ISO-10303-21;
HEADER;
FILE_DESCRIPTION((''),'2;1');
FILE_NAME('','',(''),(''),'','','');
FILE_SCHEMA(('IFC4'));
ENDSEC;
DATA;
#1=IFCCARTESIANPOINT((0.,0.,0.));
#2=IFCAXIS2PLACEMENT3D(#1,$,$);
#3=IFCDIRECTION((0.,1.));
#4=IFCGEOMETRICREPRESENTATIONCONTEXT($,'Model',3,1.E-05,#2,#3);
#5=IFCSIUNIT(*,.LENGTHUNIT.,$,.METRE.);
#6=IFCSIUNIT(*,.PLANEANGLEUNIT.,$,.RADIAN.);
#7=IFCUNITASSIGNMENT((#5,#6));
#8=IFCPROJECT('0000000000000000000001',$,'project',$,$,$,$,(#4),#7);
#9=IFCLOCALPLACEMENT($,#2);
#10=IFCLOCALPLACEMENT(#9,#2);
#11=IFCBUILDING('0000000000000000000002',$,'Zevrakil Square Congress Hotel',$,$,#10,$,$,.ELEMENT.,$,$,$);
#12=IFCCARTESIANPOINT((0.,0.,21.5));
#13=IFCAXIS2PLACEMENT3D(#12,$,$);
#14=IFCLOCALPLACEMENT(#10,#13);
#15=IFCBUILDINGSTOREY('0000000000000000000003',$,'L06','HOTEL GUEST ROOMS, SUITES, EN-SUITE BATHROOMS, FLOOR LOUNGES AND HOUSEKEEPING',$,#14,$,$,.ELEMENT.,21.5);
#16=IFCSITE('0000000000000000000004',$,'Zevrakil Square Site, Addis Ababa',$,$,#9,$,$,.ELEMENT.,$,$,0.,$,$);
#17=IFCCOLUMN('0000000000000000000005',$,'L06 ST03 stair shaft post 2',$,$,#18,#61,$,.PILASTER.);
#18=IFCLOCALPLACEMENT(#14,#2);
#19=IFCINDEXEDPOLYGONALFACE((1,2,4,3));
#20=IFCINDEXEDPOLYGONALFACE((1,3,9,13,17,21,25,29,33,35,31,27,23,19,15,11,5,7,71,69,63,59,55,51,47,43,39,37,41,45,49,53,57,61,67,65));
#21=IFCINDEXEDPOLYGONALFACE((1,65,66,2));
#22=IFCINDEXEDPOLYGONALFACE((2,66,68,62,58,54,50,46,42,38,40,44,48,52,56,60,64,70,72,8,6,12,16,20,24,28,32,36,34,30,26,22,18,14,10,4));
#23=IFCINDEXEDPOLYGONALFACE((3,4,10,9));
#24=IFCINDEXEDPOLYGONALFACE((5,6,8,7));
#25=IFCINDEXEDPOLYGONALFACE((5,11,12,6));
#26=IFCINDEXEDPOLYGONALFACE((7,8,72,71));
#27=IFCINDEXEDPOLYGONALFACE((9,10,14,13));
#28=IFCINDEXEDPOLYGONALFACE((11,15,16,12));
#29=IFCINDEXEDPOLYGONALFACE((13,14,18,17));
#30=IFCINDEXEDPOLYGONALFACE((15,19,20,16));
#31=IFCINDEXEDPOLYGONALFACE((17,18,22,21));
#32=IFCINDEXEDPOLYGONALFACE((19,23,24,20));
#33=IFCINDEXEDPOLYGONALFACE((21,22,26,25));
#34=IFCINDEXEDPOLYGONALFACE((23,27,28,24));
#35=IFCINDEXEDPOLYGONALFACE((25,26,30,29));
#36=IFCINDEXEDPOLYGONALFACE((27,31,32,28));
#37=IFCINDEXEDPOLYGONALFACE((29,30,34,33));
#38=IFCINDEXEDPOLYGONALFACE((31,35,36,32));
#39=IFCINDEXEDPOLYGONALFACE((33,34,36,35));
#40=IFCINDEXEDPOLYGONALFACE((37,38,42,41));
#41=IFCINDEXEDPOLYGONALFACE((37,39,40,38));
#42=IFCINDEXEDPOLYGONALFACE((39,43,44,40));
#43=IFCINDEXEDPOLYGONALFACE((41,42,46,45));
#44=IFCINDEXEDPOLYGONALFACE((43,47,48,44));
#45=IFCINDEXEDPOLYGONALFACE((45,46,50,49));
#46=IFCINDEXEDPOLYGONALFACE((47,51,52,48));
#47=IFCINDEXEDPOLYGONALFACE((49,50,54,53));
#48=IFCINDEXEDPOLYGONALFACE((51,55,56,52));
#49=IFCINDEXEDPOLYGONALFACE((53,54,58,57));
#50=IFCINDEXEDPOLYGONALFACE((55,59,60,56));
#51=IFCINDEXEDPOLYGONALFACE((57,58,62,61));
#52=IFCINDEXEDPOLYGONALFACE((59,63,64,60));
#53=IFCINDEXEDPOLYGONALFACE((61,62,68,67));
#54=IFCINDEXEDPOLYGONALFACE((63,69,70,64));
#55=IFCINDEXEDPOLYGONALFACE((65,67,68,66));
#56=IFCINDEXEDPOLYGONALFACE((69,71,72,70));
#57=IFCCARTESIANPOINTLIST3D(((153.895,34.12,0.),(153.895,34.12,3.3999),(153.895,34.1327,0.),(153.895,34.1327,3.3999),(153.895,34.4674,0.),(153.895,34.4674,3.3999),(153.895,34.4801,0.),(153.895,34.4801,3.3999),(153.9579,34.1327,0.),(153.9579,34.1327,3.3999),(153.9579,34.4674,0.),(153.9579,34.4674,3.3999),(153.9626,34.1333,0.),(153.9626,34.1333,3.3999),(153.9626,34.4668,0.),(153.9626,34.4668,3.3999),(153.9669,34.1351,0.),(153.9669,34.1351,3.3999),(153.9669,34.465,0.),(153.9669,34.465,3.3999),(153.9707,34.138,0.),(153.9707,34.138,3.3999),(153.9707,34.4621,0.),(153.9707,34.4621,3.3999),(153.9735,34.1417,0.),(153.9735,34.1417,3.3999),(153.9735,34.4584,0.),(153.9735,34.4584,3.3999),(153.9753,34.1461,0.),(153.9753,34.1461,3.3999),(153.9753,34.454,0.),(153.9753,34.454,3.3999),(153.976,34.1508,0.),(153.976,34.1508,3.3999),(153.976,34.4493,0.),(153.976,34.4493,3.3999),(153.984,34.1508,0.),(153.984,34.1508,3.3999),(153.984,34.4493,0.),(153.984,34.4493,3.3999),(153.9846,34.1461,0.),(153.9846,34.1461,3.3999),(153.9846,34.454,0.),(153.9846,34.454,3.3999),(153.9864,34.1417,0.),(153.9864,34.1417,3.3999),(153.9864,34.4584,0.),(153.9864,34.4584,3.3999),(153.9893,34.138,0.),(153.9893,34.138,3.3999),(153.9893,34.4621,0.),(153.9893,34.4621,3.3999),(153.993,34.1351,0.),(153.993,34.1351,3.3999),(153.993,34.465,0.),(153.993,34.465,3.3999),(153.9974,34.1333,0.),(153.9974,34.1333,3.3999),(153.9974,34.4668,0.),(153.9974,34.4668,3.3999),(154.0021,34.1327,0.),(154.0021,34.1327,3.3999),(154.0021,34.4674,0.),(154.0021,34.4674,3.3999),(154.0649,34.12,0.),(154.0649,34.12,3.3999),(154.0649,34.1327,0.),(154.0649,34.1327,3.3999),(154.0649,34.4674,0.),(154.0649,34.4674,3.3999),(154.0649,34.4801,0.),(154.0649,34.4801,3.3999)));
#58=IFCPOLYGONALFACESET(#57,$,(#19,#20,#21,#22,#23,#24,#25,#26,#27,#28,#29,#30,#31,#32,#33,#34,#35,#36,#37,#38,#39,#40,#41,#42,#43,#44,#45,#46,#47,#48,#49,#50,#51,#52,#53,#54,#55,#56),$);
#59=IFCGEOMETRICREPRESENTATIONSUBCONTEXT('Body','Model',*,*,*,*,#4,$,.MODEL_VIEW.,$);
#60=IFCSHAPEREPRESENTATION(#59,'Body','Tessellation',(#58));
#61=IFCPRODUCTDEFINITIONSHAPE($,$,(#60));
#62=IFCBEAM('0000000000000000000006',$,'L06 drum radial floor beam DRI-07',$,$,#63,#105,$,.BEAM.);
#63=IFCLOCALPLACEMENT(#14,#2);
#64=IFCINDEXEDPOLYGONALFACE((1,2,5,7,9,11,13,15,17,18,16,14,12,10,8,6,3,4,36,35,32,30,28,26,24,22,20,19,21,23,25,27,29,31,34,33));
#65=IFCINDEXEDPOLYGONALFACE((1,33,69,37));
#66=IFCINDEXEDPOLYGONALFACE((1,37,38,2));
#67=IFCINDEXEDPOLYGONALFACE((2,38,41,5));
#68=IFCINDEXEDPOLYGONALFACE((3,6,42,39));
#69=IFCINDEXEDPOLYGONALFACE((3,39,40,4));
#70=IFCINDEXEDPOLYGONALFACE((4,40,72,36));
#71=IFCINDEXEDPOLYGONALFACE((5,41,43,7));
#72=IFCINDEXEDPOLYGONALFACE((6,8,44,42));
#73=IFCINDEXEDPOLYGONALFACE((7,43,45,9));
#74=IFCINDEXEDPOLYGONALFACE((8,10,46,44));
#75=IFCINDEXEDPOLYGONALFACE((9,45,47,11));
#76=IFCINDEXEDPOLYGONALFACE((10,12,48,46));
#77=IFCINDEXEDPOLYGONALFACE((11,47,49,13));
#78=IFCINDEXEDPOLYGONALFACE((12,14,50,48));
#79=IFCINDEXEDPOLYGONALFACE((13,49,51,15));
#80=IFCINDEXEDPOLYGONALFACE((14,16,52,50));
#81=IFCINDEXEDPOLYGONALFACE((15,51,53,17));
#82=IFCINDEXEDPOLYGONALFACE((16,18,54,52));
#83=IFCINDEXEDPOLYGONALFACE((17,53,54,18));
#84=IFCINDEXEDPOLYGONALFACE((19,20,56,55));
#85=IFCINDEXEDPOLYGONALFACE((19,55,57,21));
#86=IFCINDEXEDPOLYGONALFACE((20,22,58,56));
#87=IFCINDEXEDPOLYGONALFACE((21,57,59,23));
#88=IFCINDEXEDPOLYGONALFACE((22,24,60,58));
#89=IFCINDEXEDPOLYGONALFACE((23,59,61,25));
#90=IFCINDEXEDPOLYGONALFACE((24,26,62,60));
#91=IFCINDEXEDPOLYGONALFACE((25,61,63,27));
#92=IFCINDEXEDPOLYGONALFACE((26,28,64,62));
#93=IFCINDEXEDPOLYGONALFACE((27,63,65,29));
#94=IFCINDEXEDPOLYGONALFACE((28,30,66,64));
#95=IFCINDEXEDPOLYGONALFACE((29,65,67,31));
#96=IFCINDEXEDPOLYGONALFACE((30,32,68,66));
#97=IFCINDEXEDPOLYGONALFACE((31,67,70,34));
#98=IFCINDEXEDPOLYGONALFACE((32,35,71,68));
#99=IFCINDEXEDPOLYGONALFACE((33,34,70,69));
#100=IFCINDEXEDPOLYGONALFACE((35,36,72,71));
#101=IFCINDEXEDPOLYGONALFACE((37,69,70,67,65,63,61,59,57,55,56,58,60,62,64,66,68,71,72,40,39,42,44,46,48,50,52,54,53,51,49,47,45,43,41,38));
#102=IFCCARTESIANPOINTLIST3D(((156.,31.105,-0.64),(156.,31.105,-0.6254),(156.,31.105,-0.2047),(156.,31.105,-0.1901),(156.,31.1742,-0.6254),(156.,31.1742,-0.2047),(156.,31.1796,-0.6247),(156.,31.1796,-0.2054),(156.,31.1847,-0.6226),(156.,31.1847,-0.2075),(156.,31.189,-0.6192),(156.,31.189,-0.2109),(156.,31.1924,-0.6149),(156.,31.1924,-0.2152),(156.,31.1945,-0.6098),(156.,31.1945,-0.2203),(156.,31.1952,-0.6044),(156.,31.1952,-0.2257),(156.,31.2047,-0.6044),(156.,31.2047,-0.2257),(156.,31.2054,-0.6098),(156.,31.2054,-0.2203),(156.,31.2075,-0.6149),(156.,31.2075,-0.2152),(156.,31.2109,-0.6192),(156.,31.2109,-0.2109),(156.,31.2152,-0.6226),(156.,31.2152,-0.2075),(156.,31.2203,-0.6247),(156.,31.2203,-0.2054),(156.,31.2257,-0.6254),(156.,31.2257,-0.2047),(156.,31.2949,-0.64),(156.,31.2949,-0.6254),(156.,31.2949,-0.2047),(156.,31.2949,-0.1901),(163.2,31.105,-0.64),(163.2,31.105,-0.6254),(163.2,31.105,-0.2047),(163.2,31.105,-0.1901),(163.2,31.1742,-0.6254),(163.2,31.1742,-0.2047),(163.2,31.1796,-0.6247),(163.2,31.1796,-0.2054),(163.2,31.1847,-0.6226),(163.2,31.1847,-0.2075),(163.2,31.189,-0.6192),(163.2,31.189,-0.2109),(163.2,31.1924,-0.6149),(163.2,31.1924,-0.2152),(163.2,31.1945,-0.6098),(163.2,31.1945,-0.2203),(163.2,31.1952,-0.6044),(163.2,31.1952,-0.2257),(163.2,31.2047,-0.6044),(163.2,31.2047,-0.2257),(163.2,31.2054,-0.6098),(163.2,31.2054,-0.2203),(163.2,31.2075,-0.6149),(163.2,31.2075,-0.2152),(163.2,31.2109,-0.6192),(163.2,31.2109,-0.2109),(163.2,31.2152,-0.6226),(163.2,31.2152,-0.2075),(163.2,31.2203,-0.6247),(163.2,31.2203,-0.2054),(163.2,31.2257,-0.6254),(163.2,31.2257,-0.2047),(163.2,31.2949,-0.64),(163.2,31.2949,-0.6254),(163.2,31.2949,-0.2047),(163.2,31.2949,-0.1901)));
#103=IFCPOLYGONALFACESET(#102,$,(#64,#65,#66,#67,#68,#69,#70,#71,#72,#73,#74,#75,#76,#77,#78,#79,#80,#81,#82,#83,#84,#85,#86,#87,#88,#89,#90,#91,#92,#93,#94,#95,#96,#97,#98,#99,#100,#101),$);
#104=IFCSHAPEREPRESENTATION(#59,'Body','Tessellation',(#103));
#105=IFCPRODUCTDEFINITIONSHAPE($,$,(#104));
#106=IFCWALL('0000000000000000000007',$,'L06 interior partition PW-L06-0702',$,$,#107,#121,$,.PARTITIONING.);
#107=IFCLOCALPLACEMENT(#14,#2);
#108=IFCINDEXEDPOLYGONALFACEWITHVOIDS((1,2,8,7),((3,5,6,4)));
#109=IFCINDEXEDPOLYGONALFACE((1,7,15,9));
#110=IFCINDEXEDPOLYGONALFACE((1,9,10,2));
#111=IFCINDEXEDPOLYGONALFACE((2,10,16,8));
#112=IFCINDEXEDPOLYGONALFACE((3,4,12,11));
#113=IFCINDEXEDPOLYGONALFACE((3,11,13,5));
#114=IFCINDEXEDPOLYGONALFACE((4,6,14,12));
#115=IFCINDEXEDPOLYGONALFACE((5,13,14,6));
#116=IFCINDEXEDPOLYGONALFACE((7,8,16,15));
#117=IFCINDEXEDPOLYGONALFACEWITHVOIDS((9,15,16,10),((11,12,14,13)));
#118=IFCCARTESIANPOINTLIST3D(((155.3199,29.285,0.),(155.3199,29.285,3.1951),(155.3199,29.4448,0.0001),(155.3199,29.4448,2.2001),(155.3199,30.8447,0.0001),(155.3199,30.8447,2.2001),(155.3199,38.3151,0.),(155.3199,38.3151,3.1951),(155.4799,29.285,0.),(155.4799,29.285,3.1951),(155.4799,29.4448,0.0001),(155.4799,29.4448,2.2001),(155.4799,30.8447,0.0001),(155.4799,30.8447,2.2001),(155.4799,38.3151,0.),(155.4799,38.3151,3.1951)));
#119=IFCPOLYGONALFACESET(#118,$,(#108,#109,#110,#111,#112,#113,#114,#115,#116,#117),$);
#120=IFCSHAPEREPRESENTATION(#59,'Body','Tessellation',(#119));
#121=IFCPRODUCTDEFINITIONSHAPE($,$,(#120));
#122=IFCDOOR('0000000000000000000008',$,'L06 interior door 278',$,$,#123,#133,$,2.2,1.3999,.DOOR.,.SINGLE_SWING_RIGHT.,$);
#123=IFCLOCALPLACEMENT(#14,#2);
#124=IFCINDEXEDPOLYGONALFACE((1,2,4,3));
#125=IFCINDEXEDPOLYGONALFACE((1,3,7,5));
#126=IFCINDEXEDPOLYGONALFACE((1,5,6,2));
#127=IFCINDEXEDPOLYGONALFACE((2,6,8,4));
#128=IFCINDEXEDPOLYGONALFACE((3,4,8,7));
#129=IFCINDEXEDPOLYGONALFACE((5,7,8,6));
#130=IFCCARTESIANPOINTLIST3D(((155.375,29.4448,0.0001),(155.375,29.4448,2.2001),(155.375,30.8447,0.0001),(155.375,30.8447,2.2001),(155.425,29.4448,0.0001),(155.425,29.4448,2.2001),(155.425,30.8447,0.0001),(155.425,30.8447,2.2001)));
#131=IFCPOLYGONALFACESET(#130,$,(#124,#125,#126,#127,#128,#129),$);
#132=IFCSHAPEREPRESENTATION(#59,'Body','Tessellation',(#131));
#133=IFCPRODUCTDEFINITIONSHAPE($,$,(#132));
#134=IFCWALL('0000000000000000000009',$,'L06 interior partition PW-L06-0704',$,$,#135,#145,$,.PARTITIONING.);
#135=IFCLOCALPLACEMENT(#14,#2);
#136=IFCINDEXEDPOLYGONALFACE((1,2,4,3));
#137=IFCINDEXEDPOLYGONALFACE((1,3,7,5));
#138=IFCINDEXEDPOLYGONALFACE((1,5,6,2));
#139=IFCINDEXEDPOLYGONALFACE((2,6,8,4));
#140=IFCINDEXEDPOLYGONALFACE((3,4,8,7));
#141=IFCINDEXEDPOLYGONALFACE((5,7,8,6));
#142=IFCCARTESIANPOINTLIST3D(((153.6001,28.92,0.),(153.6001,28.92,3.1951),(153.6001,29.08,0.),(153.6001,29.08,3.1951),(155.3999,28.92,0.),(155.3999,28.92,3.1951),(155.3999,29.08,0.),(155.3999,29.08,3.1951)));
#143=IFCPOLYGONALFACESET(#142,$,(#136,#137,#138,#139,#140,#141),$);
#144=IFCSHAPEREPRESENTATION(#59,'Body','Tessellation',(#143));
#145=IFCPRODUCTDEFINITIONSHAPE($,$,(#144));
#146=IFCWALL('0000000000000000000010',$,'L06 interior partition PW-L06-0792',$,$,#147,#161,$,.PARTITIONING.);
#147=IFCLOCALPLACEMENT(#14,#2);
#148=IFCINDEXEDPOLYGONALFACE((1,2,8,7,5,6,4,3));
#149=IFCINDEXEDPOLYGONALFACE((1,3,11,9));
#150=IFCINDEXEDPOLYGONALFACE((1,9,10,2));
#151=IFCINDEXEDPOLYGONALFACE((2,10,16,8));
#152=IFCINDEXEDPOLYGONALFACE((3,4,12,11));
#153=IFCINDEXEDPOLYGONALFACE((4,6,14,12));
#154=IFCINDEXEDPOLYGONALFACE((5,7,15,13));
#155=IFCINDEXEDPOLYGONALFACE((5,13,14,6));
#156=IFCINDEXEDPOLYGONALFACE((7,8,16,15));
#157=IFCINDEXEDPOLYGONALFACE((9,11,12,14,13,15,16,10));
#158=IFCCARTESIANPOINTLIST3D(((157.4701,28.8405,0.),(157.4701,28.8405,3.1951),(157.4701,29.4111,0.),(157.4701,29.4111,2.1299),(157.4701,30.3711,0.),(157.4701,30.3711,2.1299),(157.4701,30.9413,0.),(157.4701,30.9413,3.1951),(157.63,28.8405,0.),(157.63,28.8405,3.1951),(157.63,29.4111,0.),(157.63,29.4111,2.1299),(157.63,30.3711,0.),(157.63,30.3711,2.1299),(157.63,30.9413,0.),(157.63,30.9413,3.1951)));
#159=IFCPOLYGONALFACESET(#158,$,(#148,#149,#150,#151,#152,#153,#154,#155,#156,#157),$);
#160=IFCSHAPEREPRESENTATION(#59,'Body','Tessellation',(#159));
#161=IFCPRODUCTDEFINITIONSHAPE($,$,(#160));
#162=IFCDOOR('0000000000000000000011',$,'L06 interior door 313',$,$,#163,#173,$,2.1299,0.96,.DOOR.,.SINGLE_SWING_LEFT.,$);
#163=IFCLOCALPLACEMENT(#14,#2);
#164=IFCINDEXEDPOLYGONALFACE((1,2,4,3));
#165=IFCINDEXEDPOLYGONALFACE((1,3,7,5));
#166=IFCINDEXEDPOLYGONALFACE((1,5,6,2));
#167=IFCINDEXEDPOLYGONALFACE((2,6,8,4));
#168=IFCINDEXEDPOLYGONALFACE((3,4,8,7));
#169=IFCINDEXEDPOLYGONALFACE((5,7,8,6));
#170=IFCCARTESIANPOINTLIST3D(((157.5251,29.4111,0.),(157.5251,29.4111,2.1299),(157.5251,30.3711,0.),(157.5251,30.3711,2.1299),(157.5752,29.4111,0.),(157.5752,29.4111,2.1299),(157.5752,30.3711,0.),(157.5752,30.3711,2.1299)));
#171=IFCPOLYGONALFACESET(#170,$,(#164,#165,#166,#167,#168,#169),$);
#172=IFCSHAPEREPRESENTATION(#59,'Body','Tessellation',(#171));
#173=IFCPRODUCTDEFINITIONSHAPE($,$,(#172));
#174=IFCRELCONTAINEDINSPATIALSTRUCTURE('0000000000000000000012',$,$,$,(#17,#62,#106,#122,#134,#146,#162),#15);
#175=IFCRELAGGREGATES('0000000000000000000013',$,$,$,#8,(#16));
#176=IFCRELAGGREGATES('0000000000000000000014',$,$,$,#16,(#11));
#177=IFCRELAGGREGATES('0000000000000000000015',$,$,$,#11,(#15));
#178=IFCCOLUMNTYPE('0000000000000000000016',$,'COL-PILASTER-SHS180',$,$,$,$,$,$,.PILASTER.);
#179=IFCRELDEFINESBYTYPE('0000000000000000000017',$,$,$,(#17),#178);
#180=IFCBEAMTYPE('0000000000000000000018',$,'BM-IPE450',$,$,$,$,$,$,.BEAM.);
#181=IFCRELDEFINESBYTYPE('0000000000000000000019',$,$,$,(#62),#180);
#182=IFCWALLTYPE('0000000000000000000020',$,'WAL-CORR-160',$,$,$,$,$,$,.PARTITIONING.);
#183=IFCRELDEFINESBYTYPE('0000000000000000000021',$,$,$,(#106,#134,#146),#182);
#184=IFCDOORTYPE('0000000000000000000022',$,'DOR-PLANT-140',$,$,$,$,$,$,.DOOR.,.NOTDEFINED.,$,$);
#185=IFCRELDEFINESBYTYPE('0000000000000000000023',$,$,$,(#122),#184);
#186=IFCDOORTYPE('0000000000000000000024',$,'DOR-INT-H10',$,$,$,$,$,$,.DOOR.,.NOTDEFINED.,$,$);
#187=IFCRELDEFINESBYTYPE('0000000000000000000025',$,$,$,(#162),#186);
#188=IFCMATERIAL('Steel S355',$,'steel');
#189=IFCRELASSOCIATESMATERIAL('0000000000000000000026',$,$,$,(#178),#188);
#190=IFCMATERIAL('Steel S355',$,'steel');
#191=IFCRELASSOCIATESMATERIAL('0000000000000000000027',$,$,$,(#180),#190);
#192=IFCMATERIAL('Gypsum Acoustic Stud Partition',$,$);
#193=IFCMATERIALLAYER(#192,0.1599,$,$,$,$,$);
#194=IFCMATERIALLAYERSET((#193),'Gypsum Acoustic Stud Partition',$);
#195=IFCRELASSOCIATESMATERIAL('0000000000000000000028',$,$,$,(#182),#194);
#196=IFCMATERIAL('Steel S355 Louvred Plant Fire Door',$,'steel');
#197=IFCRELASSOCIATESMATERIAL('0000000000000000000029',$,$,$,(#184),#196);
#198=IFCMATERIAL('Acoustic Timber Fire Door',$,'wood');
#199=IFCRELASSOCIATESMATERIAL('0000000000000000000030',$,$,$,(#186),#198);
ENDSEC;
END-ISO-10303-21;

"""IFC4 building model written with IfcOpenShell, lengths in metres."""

from ifc_helpers import new_model, si_unit, direction, frame, frame_2d, origin, origin_2d, place, context, subcontext, project, spatial, rectangle, i_section, extrude, material, layer, layer_set, material_profile, profile_set, type_object, element, fill, save


model = new_model("IFC4")

# Units and contexts
model_context = context("Model", 3, precision=1e-05, world=origin(), true_north=direction((0.0, 1.0)))
body_context = subcontext(model_context, "Body", "Model", "MODEL_VIEW")
ifc_project = project(units=[si_unit("LENGTHUNIT", "METRE"), si_unit("PLANEANGLEUNIT", "RADIAN")], contexts=[model_context])

# Site, building, storey
site_placement = place(None, origin())
site = spatial("IfcSite", under=ifc_project, at=site_placement, Name="Zevrakil Square Site, Addis Ababa", CompositionType="ELEMENT", RefElevation=0.0)
building_placement = place(site_placement, origin())
building = spatial("IfcBuilding", under=site, at=building_placement, Name="Zevrakil Square Congress Hotel", CompositionType="ELEMENT")
storey_placement = place(building_placement, frame((0.0, 0.0, 21.5)))
storey = spatial("IfcBuildingStorey", under=building, at=storey_placement, Name="L06", Description="HOTEL GUEST ROOMS, SUITES, EN-SUITE BATHROOMS, FLOOR LOUNGES AND HOUSEKEEPING", CompositionType="ELEMENT", Elevation=21.5)

# Column
ifc_material_1 = material(Name="Steel S355", Category="steel")
ifc_material_profile_1 = material_profile(ifc_material_1, i_section(OverallWidth=0.1699, OverallDepth=0.3601, WebThickness=0.0081, FlangeThickness=0.0127, FilletRadius=0.0181, at=origin_2d()), Name="IPE 360")
ifc_profile_set_1 = profile_set([ifc_material_profile_1], Name="Steel S355")
column_type = type_object("IfcColumnType", Name="COL-PILASTER-SHS180", PredefinedType="PILASTER", material=ifc_profile_set_1)
column_placement = place(storey_placement, frame((153.98, 34.3, 0.0), z_axis=(0.0, 0.0, 1.0), x_axis=(1.0, 0.0, 0.0)))
element("IfcColumn", 1, at=column_placement, inside=storey, type_object=column_type, Name="L06 ST03 stair shaft post 2", PredefinedType="PILASTER", context=body_context, shape_type="SweptSolid", body=[
    extrude(i_section(OverallWidth=0.1699, OverallDepth=0.3601, WebThickness=0.0081, FlangeThickness=0.0127, FilletRadius=0.0181, at=origin_2d()), origin(), (0.0, 0.0, 1.0), 3.3999),
])

# Beam
ifc_material_2 = material(Name="Steel S355", Category="steel")
ifc_material_profile_2 = material_profile(ifc_material_2, i_section(OverallWidth=0.1899, OverallDepth=0.45, WebThickness=0.0095, FlangeThickness=0.0146, FilletRadius=0.021, at=origin_2d()), Name="IPE 450")
ifc_profile_set_2 = profile_set([ifc_material_profile_2], Name="Steel S355")
beam_type = type_object("IfcBeamType", Name="BM-IPE450", PredefinedType="BEAM", material=ifc_profile_set_2)
beam_placement = place(storey_placement, frame((156.0, 31.2, -0.415), z_axis=(1.0, 0.0, 0.0), x_axis=(0.0, 1.0, 0.0)))
element("IfcBeam", 2, at=beam_placement, inside=storey, type_object=beam_type, Name="L06 drum radial floor beam DRI-07", PredefinedType="BEAM", context=body_context, shape_type="SweptSolid", body=[
    extrude(i_section(OverallWidth=0.1899, OverallDepth=0.45, WebThickness=0.0095, FlangeThickness=0.0146, FilletRadius=0.021, at=origin_2d()), origin(), (0.0, 0.0, 1.0), 7.2),
])

# Wall, opening, door
ifc_material_3 = material(Name="Gypsum Acoustic Stud Partition")
ifc_layer_1 = layer(ifc_material_3, 0.1599)
ifc_layer_set_1 = layer_set([ifc_layer_1], Name="Gypsum Acoustic Stud Partition")
wall_type_1 = type_object("IfcWallType", Name="WAL-CORR-160", PredefinedType="PARTITIONING", material=ifc_layer_set_1)
wall_1_placement = place(storey_placement, frame((155.3999, 29.2849, 0.0), z_axis=(0.0, 0.0, 1.0), x_axis=(0.0, 1.0, 0.0)))
wall_1 = element("IfcWall", 3, at=wall_1_placement, inside=storey, type_object=wall_type_1, Name="L06 interior partition PW-L06-0702", PredefinedType="PARTITIONING", context=body_context, shape_type="SweptSolid", body=[
    extrude(rectangle(XDim=9.03, YDim=0.1599, at=frame_2d((4.5151, 0.0))), origin(), (0.0, 0.0, 1.0), 3.1951),
])
opening_1_placement = place(wall_1_placement, frame((0.1599, 0.0, 0.0)))
opening_1 = element("IfcOpeningElement", 4, at=opening_1_placement, cuts=wall_1, PredefinedType="OPENING", context=body_context, shape_type="SweptSolid", body=[
    extrude(rectangle(XDim=1.3999, YDim=2.2, at=frame_2d((0.7, 1.1001))), frame((0.0, 0.0898, 0.0), z_axis=(0.0, -1.0, 0.0), x_axis=(1.0, 0.0, 0.0)), (0.0, 0.0, 1.0), 0.1799),
])
ifc_material_4 = material(Name="Steel S355 Louvred Plant Fire Door", Category="steel")
door_type_1 = type_object("IfcDoorType", Name="DOR-PLANT-140", OperationType="NOTDEFINED", PredefinedType="DOOR", material=ifc_material_4)
door_1_placement = place(opening_1_placement, origin())
door_1 = element("IfcDoor", 5, at=door_1_placement, inside=storey, type_object=door_type_1, Name="L06 interior door 278", OperationType="SINGLE_SWING_RIGHT", OverallHeight=2.2, OverallWidth=1.3999, PredefinedType="DOOR", context=body_context, shape_type="SweptSolid", body=[
    extrude(rectangle(XDim=1.3999, YDim=2.2, at=frame_2d((0.7, 1.1001))), frame((0.0, 0.0249, 0.0), z_axis=(0.0, -1.0, 0.0), x_axis=(1.0, 0.0, 0.0)), (0.0, 0.0, 1.0), 0.05),
])
fill(opening_1, door_1)

# Wall
wall_2_placement = place(storey_placement, frame((153.6001, 29.0, 0.0), z_axis=(0.0, 0.0, 1.0), x_axis=(1.0, 0.0, 0.0)))
element("IfcWall", 6, at=wall_2_placement, inside=storey, type_object=wall_type_1, Name="L06 interior partition PW-L06-0704", PredefinedType="PARTITIONING", context=body_context, shape_type="SweptSolid", body=[
    extrude(rectangle(XDim=1.7998, YDim=0.1599, at=frame_2d((0.8999, 0.0))), origin(), (0.0, 0.0, 1.0), 3.1951),
])

# Wall, opening, door
wall_3_placement = place(storey_placement, frame((157.55, 28.8406, 0.0), z_axis=(0.0, 0.0, 1.0), x_axis=(0.0, 1.0, 0.0)))
wall_3 = element("IfcWall", 7, at=wall_3_placement, inside=storey, type_object=wall_type_1, Name="L06 interior partition PW-L06-0792", PredefinedType="PARTITIONING", context=body_context, shape_type="SweptSolid", body=[
    extrude(rectangle(XDim=2.1008, YDim=0.1599, at=frame_2d((1.0503, 0.0))), origin(), (0.0, 0.0, 1.0), 3.1951),
])
opening_2_placement = place(wall_3_placement, frame((0.5706, 0.0, 0.0)))
opening_2 = element("IfcOpeningElement", 8, at=opening_2_placement, cuts=wall_3, PredefinedType="OPENING", context=body_context, shape_type="SweptSolid", body=[
    extrude(rectangle(XDim=0.96, YDim=2.1299, at=frame_2d((0.48, 1.0649))), frame((0.0, 0.0898, 0.0), z_axis=(0.0, -1.0, 0.0), x_axis=(1.0, 0.0, 0.0)), (0.0, 0.0, 1.0), 0.1799),
])
ifc_material_5 = material(Name="Acoustic Timber Fire Door", Category="wood")
door_type_2 = type_object("IfcDoorType", Name="DOR-INT-H10", OperationType="NOTDEFINED", PredefinedType="DOOR", material=ifc_material_5)
door_2_placement = place(opening_2_placement, origin())
door_2 = element("IfcDoor", 9, at=door_2_placement, inside=storey, type_object=door_type_2, Name="L06 interior door 313", OperationType="SINGLE_SWING_LEFT", OverallHeight=2.1299, OverallWidth=0.96, PredefinedType="DOOR", context=body_context, shape_type="SweptSolid", body=[
    extrude(rectangle(XDim=0.96, YDim=2.1299, at=frame_2d((0.48, 1.0649))), frame((0.0, 0.0249, 0.0), z_axis=(0.0, -1.0, 0.0), x_axis=(1.0, 0.0, 0.0)), (0.0, 0.0, 1.0), 0.05),
])
fill(opening_2, door_2)

save(model, "model.ifc")
